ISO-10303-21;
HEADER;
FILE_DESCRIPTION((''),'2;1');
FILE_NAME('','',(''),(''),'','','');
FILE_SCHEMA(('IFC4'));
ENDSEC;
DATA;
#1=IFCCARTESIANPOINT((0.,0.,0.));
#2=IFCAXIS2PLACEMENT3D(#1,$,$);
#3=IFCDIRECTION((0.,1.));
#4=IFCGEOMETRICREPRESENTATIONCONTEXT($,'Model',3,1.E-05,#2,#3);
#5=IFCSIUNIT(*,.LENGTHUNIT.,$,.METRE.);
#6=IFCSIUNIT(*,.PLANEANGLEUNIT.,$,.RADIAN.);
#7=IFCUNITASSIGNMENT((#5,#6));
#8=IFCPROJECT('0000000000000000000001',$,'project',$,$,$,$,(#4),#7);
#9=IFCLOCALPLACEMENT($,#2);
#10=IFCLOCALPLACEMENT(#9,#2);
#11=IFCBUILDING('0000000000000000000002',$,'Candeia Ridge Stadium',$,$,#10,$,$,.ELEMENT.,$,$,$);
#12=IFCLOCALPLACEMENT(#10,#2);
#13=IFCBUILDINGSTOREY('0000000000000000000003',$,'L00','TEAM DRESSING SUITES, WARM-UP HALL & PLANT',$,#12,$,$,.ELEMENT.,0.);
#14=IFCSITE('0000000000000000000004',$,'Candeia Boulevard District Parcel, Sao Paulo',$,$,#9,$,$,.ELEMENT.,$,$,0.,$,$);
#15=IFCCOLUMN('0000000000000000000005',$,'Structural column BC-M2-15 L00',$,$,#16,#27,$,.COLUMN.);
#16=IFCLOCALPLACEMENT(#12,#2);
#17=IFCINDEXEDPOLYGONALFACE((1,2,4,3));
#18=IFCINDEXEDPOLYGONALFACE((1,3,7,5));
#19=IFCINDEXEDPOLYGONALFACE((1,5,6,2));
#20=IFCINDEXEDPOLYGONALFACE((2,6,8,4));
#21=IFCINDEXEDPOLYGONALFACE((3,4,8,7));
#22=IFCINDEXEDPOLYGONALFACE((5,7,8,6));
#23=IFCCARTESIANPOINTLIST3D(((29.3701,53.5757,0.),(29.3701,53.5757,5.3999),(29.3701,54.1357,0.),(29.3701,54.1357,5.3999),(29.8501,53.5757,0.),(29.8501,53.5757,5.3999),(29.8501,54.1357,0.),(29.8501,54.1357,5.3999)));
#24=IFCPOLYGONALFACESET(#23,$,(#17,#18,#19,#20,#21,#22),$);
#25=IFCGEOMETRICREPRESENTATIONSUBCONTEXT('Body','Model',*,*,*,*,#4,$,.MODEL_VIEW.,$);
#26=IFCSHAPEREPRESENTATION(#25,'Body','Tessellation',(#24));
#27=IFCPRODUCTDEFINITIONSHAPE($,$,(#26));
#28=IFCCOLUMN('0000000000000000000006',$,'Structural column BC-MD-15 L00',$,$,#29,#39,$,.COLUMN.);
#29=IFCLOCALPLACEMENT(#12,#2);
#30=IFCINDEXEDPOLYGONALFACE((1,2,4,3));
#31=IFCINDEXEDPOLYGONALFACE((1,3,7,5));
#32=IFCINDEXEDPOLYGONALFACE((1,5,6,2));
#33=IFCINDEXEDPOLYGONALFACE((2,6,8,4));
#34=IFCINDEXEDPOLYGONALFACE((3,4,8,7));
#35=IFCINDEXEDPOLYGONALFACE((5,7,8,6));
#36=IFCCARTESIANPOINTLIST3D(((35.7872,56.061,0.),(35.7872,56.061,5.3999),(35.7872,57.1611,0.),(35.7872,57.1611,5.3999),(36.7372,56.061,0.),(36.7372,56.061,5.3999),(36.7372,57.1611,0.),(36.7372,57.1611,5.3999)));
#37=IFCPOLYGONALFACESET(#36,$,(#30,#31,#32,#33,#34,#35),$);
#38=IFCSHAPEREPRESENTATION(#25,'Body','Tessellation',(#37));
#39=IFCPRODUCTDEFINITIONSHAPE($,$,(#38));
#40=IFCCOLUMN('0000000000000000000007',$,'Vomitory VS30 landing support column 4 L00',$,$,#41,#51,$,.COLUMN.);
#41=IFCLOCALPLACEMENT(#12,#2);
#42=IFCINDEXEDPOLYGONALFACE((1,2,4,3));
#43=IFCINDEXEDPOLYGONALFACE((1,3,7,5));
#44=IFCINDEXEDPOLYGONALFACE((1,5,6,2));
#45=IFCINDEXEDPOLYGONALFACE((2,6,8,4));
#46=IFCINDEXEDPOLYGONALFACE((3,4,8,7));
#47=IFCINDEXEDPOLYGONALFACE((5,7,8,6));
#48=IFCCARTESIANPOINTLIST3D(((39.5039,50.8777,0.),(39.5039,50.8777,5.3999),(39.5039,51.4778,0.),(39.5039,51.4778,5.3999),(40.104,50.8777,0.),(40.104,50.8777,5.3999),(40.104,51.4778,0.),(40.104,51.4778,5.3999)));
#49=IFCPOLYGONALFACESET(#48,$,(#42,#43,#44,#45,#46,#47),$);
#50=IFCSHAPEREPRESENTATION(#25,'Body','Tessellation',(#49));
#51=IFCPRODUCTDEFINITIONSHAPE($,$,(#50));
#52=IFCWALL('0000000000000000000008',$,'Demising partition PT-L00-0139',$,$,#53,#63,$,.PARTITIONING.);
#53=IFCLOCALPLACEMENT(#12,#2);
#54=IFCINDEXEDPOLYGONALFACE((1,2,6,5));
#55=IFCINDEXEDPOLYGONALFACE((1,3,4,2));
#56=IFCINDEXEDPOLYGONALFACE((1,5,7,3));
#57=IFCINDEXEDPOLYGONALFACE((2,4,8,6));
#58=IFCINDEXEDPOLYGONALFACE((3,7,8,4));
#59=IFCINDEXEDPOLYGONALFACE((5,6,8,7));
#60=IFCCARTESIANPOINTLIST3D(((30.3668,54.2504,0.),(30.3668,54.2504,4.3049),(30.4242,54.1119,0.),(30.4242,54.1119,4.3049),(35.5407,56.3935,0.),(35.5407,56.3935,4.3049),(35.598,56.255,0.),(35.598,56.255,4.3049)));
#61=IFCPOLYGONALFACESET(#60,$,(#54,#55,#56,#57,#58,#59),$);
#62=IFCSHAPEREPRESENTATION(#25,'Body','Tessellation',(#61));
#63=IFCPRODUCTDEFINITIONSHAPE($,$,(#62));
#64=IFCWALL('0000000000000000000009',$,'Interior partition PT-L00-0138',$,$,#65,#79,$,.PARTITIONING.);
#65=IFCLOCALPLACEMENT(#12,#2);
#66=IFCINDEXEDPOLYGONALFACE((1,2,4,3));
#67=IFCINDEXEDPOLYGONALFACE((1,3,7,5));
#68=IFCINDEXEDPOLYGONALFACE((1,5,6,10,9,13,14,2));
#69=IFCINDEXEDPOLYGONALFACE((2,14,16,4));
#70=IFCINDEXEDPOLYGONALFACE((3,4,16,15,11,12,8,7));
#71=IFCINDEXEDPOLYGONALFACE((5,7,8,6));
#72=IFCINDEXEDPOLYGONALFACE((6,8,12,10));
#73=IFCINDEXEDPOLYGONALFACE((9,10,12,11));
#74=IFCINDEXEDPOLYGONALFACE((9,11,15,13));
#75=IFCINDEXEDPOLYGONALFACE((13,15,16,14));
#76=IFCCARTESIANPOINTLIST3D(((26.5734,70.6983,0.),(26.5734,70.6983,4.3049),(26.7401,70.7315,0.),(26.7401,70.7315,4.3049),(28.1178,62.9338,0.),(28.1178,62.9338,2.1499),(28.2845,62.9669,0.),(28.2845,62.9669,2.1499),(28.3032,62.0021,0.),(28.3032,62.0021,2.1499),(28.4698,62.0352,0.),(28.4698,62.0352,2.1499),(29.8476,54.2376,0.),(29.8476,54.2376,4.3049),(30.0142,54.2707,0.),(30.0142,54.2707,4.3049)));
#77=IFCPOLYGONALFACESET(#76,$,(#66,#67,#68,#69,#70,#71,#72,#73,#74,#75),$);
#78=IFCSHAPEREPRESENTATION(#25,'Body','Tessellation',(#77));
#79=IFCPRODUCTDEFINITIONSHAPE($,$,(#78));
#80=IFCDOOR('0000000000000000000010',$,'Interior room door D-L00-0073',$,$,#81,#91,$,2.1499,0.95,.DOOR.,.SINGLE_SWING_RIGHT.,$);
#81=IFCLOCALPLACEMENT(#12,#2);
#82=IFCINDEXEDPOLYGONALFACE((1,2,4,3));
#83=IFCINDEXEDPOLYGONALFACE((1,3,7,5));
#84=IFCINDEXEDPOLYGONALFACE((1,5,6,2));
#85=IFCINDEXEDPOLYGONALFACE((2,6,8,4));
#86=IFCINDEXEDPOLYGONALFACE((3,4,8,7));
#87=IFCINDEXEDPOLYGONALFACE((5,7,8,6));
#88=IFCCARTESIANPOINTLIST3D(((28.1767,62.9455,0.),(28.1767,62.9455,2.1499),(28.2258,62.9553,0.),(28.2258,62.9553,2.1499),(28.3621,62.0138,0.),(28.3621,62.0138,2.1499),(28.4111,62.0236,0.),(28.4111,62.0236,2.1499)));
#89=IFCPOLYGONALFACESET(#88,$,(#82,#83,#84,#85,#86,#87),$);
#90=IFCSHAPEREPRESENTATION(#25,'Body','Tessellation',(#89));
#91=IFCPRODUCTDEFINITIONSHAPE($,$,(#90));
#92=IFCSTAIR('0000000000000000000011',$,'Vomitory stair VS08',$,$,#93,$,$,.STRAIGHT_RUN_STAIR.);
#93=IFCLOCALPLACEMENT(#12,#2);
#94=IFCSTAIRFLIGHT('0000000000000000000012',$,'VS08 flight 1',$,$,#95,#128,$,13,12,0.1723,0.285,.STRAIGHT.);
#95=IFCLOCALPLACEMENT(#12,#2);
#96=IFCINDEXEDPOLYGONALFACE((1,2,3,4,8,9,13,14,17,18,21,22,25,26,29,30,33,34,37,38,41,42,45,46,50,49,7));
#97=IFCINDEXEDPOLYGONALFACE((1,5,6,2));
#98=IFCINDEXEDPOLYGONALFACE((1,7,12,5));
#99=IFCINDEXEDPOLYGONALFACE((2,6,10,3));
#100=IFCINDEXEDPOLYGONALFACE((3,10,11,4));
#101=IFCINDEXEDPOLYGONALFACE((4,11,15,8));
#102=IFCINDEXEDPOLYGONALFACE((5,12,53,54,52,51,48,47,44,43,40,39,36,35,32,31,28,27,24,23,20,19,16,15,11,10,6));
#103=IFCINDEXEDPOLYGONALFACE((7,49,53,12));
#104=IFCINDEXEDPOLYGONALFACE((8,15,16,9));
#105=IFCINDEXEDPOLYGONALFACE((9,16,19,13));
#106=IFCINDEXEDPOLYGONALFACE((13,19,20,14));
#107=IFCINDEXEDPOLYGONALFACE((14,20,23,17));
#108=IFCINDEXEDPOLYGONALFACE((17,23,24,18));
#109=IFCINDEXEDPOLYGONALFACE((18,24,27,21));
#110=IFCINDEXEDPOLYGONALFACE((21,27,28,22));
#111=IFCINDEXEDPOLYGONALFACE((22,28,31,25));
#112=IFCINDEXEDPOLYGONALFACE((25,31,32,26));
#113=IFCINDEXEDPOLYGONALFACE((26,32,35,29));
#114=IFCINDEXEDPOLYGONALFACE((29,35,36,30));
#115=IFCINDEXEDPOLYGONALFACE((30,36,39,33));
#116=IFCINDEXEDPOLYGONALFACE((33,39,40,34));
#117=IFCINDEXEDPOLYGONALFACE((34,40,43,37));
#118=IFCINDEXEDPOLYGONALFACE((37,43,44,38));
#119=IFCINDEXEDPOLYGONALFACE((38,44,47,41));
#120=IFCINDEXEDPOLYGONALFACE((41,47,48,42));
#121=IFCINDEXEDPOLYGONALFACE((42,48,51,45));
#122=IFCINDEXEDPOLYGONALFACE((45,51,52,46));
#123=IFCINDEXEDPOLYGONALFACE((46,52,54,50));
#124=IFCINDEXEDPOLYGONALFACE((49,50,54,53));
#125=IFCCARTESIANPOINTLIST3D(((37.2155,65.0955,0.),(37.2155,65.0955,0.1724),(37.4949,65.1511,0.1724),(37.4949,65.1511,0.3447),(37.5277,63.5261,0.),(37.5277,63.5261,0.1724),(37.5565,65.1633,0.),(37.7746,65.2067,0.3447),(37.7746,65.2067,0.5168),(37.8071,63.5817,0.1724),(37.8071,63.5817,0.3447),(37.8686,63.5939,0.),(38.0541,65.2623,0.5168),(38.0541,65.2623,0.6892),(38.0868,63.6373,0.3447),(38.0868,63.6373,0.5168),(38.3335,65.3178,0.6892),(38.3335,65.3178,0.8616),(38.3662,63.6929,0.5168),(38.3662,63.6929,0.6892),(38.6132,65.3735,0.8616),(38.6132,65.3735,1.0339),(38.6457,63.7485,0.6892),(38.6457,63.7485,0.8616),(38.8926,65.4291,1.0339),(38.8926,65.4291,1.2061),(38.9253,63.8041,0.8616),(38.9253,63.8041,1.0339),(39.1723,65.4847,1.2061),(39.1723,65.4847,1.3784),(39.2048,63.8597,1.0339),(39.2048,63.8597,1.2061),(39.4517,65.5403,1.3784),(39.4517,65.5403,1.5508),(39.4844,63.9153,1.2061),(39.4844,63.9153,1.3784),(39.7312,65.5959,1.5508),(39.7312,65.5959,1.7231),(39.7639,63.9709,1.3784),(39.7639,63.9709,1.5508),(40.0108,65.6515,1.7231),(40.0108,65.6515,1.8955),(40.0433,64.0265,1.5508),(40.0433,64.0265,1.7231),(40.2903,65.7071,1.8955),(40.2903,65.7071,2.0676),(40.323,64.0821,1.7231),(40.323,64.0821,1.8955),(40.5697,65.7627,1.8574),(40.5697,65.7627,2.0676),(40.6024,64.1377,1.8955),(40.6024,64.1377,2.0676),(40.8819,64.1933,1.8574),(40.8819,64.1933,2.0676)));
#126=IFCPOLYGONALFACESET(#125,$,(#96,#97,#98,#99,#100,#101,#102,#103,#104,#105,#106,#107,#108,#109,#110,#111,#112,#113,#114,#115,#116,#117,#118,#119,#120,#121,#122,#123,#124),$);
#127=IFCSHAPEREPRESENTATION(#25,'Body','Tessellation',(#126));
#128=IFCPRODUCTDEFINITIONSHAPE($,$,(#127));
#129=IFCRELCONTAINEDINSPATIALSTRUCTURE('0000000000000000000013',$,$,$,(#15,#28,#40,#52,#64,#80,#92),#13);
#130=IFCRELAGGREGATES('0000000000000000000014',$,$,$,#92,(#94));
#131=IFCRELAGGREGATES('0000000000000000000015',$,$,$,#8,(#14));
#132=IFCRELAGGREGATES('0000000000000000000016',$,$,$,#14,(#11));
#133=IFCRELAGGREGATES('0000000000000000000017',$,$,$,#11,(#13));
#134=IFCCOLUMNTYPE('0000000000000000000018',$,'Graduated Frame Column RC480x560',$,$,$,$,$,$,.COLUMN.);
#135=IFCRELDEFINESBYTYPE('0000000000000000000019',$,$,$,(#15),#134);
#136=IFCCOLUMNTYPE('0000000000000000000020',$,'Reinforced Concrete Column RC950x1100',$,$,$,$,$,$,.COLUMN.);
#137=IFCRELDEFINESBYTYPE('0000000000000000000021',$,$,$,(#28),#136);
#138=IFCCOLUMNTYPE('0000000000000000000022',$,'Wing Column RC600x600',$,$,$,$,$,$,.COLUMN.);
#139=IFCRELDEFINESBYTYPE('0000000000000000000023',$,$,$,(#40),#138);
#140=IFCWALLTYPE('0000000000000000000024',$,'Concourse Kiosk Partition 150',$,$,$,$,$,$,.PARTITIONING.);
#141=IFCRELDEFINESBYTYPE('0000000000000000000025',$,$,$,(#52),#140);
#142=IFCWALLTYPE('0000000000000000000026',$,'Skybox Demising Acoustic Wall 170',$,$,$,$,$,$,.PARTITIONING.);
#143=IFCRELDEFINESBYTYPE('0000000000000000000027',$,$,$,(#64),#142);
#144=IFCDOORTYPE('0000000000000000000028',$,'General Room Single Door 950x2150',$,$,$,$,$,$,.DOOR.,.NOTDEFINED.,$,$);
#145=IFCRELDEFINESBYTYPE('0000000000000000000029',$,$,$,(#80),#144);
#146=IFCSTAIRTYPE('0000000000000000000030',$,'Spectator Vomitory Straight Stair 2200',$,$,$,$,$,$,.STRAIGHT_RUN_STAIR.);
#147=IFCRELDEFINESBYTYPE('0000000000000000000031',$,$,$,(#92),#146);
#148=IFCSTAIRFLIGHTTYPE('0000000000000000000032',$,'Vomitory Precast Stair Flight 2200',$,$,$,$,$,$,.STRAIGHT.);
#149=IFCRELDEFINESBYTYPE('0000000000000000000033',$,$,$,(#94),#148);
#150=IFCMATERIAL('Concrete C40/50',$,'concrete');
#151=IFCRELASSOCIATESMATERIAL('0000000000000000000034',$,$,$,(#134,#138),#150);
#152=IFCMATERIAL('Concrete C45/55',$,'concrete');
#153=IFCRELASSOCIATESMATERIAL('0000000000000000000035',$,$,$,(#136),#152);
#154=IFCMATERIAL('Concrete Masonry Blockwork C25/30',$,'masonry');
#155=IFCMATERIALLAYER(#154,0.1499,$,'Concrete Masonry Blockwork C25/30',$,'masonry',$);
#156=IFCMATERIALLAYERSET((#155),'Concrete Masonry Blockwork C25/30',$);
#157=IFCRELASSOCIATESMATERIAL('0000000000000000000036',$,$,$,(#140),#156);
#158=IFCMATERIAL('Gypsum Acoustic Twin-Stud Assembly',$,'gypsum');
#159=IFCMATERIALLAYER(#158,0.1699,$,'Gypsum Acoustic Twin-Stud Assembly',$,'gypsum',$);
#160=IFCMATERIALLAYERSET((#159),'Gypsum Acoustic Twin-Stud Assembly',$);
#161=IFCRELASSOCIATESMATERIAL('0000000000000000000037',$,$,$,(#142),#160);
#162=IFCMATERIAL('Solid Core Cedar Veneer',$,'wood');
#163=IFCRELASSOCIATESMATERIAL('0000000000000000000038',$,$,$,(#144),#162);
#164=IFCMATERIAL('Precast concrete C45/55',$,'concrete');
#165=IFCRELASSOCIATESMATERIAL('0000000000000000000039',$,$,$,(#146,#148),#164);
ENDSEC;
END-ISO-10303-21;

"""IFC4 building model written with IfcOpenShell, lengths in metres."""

from ifc_helpers import new_model, si_unit, direction, frame, frame_2d, origin, origin_2d, place, context, subcontext, project, spatial, polyline, rectangle, outline, extrude, material, layer, layer_set, material_profile, profile_set, type_object, element, fill, aggregate, save


model = new_model("IFC4")

# Units and contexts
model_context = context("Model", 3, precision=1e-05, world=origin(), true_north=direction((0.0, 1.0)))
body_context = subcontext(model_context, "Body", "Model", "MODEL_VIEW")
ifc_project = project(units=[si_unit("LENGTHUNIT", "METRE"), si_unit("PLANEANGLEUNIT", "RADIAN")], contexts=[model_context])

# Site, building, storey
site_placement = place(None, origin())
site = spatial("IfcSite", under=ifc_project, at=site_placement, Name="Candeia Boulevard District Parcel, Sao Paulo", CompositionType="ELEMENT", RefElevation=0.0)
building_placement = place(site_placement, origin())
building = spatial("IfcBuilding", under=site, at=building_placement, Name="Candeia Ridge Stadium", CompositionType="ELEMENT")
storey_placement = place(building_placement, origin())
storey = spatial("IfcBuildingStorey", under=building, at=storey_placement, Name="L00", Description="TEAM DRESSING SUITES, WARM-UP HALL & PLANT", CompositionType="ELEMENT", Elevation=0.0)

# Shared definitions
ifc_material_1 = material(Name="Concrete C40/50", Category="concrete")

# Columns
ifc_material_profile_1 = material_profile(ifc_material_1, rectangle(XDim=0.48, YDim=0.5601, at=origin_2d()), Name="RC480x560", Category="concrete")
ifc_profile_set_1 = profile_set([ifc_material_profile_1], Name="Concrete C40/50")
column_type_1 = type_object("IfcColumnType", Name="Graduated Frame Column RC480x560", PredefinedType="COLUMN", material=ifc_profile_set_1)
column_1_placement = place(storey_placement, frame((29.6101, 53.8557, 0.0), z_axis=(0.0, 0.0, 1.0), x_axis=(1.0, 0.0, 0.0)))
element("IfcColumn", 1, at=column_1_placement, inside=storey, type_object=column_type_1, Name="Structural column BC-M2-15 L00", PredefinedType="COLUMN", context=body_context, shape_type="SweptSolid", body=[
    extrude(rectangle(XDim=0.48, YDim=0.5601, at=origin_2d()), origin(), (0.0, 0.0, 1.0), 5.3999),
])
ifc_material_2 = material(Name="Concrete C45/55", Category="concrete")
ifc_material_profile_2 = material_profile(ifc_material_2, rectangle(XDim=0.95, YDim=1.1001, at=origin_2d()), Name="RC950x1100", Category="concrete")
ifc_profile_set_2 = profile_set([ifc_material_profile_2], Name="Concrete C45/55")
column_type_2 = type_object("IfcColumnType", Name="Reinforced Concrete Column RC950x1100", PredefinedType="COLUMN", material=ifc_profile_set_2)
column_2_placement = place(storey_placement, frame((36.2622, 56.6111, 0.0), z_axis=(0.0, 0.0, 1.0), x_axis=(1.0, 0.0, 0.0)))
element("IfcColumn", 2, at=column_2_placement, inside=storey, type_object=column_type_2, Name="Structural column BC-MD-15 L00", PredefinedType="COLUMN", context=body_context, shape_type="SweptSolid", body=[
    extrude(rectangle(XDim=0.95, YDim=1.1001, at=origin_2d()), origin(), (0.0, 0.0, 1.0), 5.3999),
])
ifc_material_profile_3 = material_profile(ifc_material_1, rectangle(XDim=0.6001, YDim=0.6001, at=origin_2d()), Name="RC600x600", Category="concrete")
ifc_profile_set_3 = profile_set([ifc_material_profile_3], Name="Concrete C40/50")
column_type_3 = type_object("IfcColumnType", Name="Wing Column RC600x600", PredefinedType="COLUMN", material=ifc_profile_set_3)
column_3_placement = place(storey_placement, frame((39.804, 51.1777, 0.0), z_axis=(0.0, 0.0, 1.0), x_axis=(1.0, 0.0, 0.0)))
element("IfcColumn", 3, at=column_3_placement, inside=storey, type_object=column_type_3, Name="Vomitory VS30 landing support column 4 L00", PredefinedType="COLUMN", context=body_context, shape_type="SweptSolid", body=[
    extrude(rectangle(XDim=0.6001, YDim=0.6001, at=origin_2d()), origin(), (0.0, 0.0, 1.0), 5.3999),
])

# Wall
ifc_material_3 = material(Name="Concrete Masonry Blockwork C25/30", Category="masonry")
ifc_layer_1 = layer(ifc_material_3, 0.1499, Name="Concrete Masonry Blockwork C25/30", Category="masonry")
ifc_layer_set_1 = layer_set([ifc_layer_1], Name="Concrete Masonry Blockwork C25/30")
wall_type_1 = type_object("IfcWallType", Name="Concourse Kiosk Partition 150", PredefinedType="PARTITIONING", material=ifc_layer_set_1)
wall_1_placement = place(storey_placement, frame((35.5693, 56.3242, 0.0), z_axis=(0.0, 0.0, 1.0), x_axis=(-0.92388, -0.382683, 0.0)))
element("IfcWall", 4, at=wall_1_placement, inside=storey, type_object=wall_type_1, Name="Demising partition PT-L00-0139", PredefinedType="PARTITIONING", context=body_context, shape_type="SweptSolid", body=[
    extrude(rectangle(XDim=5.6001, YDim=0.1499, at=frame_2d((2.8, 0.0))), origin(), (0.0, 0.0, 1.0), 4.3049),
])

# Wall, opening, door
ifc_material_4 = material(Name="Gypsum Acoustic Twin-Stud Assembly", Category="gypsum")
ifc_layer_2 = layer(ifc_material_4, 0.1699, Name="Gypsum Acoustic Twin-Stud Assembly", Category="gypsum")
ifc_layer_set_2 = layer_set([ifc_layer_2], Name="Gypsum Acoustic Twin-Stud Assembly")
wall_type_2 = type_object("IfcWallType", Name="Skybox Demising Acoustic Wall 170", PredefinedType="PARTITIONING", material=ifc_layer_set_2)
wall_2_placement = place(storey_placement, frame((29.9309, 54.2542, 0.0), z_axis=(0.0, 0.0, 1.0), x_axis=(-0.195087, 0.980786, 0.0)))
wall_2 = element("IfcWall", 5, at=wall_2_placement, inside=storey, type_object=wall_type_2, Name="Interior partition PT-L00-0138", PredefinedType="PARTITIONING", context=body_context, shape_type="SweptSolid", body=[
    extrude(rectangle(XDim=16.7832, YDim=0.1699, at=frame_2d((8.3916, 0.0))), origin(), (0.0, 0.0, 1.0), 4.3049),
])
opening_placement = place(wall_2_placement, frame((7.9165, 0.0, 0.0)))
opening = element("IfcOpeningElement", 6, at=opening_placement, cuts=wall_2, PredefinedType="OPENING", context=body_context, shape_type="SweptSolid", body=[
    extrude(rectangle(XDim=0.95, YDim=2.1499, at=frame_2d((0.4751, 1.075))), frame((0.0, 0.095, 0.0), z_axis=(0.0, -1.0, 0.0), x_axis=(1.0, 0.0, 0.0)), (0.0, 0.0, 1.0), 0.1899),
])
ifc_material_5 = material(Name="Solid Core Cedar Veneer", Category="wood")
door_type = type_object("IfcDoorType", Name="General Room Single Door 950x2150", OperationType="NOTDEFINED", PredefinedType="DOOR", material=ifc_material_5)
door_placement = place(opening_placement, origin())
door = element("IfcDoor", 7, at=door_placement, inside=storey, type_object=door_type, Name="Interior room door D-L00-0073", OperationType="SINGLE_SWING_RIGHT", OverallHeight=2.1499, OverallWidth=0.95, PredefinedType="DOOR", context=body_context, shape_type="SweptSolid", body=[
    extrude(rectangle(XDim=0.95, YDim=2.1499, at=frame_2d((0.4751, 1.075))), frame((0.0, 0.0249, 0.0), z_axis=(0.0, -1.0, 0.0), x_axis=(1.0, 0.0, 0.0)), (0.0, 0.0, 1.0), 0.05),
])
fill(opening, door)

# Stair, stair flight
ifc_material_6 = material(Name="Precast concrete C45/55", Category="concrete")
stair_type = type_object("IfcStairType", Name="Spectator Vomitory Straight Stair 2200", PredefinedType="STRAIGHT_RUN_STAIR", material=ifc_material_6)
stair_placement = place(storey_placement, origin())
stair = element("IfcStair", 8, at=stair_placement, inside=storey, type_object=stair_type, Name="Vomitory stair VS08", PredefinedType="STRAIGHT_RUN_STAIR")
stair_flight_type = type_object("IfcStairFlightType", Name="Vomitory Precast Stair Flight 2200", PredefinedType="STRAIGHT", material=ifc_material_6)
stair_flight_placement = place(storey_placement, frame((37.3716, 64.3108, 0.0), z_axis=(0.0, 0.0, 1.0), x_axis=(0.980785, 0.19509, 0.0)))
stair_flight = element("IfcStairFlight", 9, at=stair_flight_placement, type_object=stair_flight_type, Name="VS08 flight 1", NumberOfRisers=13, NumberOfTreads=12, PredefinedType="STRAIGHT", RiserHeight=0.1723, TreadLength=0.285, context=body_context, shape_type="SweptSolid", body=[
    extrude(outline(polyline([(0.0, 0.0), (0.0, 0.1724), (0.2849, 0.1724), (0.2849, 0.3447), (0.5701, 0.3447), (0.5701, 0.5168), (0.855, 0.5168), (0.855, 0.6892), (1.1399, 0.6892), (1.1399, 0.8616), (1.425, 0.8616), (1.425, 1.0339), (1.71, 1.0339), (1.71, 1.2061), (1.9951, 1.2061), (1.9951, 1.3784), (2.28, 1.3784), (2.28, 1.5508), (2.5649, 1.5508), (2.5649, 1.7231), (2.8501, 1.7231), (2.8501, 1.8955), (3.135, 1.8955), (3.135, 2.0676), (3.4199, 2.0676), (3.4199, 2.24), (3.4199, 1.8574), (0.3477, 0.0), (0.0, 0.0)])), frame((0.0, 0.8, 0.0), z_axis=(0.0, -1.0, 0.0), x_axis=(1.0, 0.0, 0.0)), (0.0, 0.0, 1.0), 1.6001),
])
aggregate(stair, [stair_flight])

save(model, "model.ifc")
